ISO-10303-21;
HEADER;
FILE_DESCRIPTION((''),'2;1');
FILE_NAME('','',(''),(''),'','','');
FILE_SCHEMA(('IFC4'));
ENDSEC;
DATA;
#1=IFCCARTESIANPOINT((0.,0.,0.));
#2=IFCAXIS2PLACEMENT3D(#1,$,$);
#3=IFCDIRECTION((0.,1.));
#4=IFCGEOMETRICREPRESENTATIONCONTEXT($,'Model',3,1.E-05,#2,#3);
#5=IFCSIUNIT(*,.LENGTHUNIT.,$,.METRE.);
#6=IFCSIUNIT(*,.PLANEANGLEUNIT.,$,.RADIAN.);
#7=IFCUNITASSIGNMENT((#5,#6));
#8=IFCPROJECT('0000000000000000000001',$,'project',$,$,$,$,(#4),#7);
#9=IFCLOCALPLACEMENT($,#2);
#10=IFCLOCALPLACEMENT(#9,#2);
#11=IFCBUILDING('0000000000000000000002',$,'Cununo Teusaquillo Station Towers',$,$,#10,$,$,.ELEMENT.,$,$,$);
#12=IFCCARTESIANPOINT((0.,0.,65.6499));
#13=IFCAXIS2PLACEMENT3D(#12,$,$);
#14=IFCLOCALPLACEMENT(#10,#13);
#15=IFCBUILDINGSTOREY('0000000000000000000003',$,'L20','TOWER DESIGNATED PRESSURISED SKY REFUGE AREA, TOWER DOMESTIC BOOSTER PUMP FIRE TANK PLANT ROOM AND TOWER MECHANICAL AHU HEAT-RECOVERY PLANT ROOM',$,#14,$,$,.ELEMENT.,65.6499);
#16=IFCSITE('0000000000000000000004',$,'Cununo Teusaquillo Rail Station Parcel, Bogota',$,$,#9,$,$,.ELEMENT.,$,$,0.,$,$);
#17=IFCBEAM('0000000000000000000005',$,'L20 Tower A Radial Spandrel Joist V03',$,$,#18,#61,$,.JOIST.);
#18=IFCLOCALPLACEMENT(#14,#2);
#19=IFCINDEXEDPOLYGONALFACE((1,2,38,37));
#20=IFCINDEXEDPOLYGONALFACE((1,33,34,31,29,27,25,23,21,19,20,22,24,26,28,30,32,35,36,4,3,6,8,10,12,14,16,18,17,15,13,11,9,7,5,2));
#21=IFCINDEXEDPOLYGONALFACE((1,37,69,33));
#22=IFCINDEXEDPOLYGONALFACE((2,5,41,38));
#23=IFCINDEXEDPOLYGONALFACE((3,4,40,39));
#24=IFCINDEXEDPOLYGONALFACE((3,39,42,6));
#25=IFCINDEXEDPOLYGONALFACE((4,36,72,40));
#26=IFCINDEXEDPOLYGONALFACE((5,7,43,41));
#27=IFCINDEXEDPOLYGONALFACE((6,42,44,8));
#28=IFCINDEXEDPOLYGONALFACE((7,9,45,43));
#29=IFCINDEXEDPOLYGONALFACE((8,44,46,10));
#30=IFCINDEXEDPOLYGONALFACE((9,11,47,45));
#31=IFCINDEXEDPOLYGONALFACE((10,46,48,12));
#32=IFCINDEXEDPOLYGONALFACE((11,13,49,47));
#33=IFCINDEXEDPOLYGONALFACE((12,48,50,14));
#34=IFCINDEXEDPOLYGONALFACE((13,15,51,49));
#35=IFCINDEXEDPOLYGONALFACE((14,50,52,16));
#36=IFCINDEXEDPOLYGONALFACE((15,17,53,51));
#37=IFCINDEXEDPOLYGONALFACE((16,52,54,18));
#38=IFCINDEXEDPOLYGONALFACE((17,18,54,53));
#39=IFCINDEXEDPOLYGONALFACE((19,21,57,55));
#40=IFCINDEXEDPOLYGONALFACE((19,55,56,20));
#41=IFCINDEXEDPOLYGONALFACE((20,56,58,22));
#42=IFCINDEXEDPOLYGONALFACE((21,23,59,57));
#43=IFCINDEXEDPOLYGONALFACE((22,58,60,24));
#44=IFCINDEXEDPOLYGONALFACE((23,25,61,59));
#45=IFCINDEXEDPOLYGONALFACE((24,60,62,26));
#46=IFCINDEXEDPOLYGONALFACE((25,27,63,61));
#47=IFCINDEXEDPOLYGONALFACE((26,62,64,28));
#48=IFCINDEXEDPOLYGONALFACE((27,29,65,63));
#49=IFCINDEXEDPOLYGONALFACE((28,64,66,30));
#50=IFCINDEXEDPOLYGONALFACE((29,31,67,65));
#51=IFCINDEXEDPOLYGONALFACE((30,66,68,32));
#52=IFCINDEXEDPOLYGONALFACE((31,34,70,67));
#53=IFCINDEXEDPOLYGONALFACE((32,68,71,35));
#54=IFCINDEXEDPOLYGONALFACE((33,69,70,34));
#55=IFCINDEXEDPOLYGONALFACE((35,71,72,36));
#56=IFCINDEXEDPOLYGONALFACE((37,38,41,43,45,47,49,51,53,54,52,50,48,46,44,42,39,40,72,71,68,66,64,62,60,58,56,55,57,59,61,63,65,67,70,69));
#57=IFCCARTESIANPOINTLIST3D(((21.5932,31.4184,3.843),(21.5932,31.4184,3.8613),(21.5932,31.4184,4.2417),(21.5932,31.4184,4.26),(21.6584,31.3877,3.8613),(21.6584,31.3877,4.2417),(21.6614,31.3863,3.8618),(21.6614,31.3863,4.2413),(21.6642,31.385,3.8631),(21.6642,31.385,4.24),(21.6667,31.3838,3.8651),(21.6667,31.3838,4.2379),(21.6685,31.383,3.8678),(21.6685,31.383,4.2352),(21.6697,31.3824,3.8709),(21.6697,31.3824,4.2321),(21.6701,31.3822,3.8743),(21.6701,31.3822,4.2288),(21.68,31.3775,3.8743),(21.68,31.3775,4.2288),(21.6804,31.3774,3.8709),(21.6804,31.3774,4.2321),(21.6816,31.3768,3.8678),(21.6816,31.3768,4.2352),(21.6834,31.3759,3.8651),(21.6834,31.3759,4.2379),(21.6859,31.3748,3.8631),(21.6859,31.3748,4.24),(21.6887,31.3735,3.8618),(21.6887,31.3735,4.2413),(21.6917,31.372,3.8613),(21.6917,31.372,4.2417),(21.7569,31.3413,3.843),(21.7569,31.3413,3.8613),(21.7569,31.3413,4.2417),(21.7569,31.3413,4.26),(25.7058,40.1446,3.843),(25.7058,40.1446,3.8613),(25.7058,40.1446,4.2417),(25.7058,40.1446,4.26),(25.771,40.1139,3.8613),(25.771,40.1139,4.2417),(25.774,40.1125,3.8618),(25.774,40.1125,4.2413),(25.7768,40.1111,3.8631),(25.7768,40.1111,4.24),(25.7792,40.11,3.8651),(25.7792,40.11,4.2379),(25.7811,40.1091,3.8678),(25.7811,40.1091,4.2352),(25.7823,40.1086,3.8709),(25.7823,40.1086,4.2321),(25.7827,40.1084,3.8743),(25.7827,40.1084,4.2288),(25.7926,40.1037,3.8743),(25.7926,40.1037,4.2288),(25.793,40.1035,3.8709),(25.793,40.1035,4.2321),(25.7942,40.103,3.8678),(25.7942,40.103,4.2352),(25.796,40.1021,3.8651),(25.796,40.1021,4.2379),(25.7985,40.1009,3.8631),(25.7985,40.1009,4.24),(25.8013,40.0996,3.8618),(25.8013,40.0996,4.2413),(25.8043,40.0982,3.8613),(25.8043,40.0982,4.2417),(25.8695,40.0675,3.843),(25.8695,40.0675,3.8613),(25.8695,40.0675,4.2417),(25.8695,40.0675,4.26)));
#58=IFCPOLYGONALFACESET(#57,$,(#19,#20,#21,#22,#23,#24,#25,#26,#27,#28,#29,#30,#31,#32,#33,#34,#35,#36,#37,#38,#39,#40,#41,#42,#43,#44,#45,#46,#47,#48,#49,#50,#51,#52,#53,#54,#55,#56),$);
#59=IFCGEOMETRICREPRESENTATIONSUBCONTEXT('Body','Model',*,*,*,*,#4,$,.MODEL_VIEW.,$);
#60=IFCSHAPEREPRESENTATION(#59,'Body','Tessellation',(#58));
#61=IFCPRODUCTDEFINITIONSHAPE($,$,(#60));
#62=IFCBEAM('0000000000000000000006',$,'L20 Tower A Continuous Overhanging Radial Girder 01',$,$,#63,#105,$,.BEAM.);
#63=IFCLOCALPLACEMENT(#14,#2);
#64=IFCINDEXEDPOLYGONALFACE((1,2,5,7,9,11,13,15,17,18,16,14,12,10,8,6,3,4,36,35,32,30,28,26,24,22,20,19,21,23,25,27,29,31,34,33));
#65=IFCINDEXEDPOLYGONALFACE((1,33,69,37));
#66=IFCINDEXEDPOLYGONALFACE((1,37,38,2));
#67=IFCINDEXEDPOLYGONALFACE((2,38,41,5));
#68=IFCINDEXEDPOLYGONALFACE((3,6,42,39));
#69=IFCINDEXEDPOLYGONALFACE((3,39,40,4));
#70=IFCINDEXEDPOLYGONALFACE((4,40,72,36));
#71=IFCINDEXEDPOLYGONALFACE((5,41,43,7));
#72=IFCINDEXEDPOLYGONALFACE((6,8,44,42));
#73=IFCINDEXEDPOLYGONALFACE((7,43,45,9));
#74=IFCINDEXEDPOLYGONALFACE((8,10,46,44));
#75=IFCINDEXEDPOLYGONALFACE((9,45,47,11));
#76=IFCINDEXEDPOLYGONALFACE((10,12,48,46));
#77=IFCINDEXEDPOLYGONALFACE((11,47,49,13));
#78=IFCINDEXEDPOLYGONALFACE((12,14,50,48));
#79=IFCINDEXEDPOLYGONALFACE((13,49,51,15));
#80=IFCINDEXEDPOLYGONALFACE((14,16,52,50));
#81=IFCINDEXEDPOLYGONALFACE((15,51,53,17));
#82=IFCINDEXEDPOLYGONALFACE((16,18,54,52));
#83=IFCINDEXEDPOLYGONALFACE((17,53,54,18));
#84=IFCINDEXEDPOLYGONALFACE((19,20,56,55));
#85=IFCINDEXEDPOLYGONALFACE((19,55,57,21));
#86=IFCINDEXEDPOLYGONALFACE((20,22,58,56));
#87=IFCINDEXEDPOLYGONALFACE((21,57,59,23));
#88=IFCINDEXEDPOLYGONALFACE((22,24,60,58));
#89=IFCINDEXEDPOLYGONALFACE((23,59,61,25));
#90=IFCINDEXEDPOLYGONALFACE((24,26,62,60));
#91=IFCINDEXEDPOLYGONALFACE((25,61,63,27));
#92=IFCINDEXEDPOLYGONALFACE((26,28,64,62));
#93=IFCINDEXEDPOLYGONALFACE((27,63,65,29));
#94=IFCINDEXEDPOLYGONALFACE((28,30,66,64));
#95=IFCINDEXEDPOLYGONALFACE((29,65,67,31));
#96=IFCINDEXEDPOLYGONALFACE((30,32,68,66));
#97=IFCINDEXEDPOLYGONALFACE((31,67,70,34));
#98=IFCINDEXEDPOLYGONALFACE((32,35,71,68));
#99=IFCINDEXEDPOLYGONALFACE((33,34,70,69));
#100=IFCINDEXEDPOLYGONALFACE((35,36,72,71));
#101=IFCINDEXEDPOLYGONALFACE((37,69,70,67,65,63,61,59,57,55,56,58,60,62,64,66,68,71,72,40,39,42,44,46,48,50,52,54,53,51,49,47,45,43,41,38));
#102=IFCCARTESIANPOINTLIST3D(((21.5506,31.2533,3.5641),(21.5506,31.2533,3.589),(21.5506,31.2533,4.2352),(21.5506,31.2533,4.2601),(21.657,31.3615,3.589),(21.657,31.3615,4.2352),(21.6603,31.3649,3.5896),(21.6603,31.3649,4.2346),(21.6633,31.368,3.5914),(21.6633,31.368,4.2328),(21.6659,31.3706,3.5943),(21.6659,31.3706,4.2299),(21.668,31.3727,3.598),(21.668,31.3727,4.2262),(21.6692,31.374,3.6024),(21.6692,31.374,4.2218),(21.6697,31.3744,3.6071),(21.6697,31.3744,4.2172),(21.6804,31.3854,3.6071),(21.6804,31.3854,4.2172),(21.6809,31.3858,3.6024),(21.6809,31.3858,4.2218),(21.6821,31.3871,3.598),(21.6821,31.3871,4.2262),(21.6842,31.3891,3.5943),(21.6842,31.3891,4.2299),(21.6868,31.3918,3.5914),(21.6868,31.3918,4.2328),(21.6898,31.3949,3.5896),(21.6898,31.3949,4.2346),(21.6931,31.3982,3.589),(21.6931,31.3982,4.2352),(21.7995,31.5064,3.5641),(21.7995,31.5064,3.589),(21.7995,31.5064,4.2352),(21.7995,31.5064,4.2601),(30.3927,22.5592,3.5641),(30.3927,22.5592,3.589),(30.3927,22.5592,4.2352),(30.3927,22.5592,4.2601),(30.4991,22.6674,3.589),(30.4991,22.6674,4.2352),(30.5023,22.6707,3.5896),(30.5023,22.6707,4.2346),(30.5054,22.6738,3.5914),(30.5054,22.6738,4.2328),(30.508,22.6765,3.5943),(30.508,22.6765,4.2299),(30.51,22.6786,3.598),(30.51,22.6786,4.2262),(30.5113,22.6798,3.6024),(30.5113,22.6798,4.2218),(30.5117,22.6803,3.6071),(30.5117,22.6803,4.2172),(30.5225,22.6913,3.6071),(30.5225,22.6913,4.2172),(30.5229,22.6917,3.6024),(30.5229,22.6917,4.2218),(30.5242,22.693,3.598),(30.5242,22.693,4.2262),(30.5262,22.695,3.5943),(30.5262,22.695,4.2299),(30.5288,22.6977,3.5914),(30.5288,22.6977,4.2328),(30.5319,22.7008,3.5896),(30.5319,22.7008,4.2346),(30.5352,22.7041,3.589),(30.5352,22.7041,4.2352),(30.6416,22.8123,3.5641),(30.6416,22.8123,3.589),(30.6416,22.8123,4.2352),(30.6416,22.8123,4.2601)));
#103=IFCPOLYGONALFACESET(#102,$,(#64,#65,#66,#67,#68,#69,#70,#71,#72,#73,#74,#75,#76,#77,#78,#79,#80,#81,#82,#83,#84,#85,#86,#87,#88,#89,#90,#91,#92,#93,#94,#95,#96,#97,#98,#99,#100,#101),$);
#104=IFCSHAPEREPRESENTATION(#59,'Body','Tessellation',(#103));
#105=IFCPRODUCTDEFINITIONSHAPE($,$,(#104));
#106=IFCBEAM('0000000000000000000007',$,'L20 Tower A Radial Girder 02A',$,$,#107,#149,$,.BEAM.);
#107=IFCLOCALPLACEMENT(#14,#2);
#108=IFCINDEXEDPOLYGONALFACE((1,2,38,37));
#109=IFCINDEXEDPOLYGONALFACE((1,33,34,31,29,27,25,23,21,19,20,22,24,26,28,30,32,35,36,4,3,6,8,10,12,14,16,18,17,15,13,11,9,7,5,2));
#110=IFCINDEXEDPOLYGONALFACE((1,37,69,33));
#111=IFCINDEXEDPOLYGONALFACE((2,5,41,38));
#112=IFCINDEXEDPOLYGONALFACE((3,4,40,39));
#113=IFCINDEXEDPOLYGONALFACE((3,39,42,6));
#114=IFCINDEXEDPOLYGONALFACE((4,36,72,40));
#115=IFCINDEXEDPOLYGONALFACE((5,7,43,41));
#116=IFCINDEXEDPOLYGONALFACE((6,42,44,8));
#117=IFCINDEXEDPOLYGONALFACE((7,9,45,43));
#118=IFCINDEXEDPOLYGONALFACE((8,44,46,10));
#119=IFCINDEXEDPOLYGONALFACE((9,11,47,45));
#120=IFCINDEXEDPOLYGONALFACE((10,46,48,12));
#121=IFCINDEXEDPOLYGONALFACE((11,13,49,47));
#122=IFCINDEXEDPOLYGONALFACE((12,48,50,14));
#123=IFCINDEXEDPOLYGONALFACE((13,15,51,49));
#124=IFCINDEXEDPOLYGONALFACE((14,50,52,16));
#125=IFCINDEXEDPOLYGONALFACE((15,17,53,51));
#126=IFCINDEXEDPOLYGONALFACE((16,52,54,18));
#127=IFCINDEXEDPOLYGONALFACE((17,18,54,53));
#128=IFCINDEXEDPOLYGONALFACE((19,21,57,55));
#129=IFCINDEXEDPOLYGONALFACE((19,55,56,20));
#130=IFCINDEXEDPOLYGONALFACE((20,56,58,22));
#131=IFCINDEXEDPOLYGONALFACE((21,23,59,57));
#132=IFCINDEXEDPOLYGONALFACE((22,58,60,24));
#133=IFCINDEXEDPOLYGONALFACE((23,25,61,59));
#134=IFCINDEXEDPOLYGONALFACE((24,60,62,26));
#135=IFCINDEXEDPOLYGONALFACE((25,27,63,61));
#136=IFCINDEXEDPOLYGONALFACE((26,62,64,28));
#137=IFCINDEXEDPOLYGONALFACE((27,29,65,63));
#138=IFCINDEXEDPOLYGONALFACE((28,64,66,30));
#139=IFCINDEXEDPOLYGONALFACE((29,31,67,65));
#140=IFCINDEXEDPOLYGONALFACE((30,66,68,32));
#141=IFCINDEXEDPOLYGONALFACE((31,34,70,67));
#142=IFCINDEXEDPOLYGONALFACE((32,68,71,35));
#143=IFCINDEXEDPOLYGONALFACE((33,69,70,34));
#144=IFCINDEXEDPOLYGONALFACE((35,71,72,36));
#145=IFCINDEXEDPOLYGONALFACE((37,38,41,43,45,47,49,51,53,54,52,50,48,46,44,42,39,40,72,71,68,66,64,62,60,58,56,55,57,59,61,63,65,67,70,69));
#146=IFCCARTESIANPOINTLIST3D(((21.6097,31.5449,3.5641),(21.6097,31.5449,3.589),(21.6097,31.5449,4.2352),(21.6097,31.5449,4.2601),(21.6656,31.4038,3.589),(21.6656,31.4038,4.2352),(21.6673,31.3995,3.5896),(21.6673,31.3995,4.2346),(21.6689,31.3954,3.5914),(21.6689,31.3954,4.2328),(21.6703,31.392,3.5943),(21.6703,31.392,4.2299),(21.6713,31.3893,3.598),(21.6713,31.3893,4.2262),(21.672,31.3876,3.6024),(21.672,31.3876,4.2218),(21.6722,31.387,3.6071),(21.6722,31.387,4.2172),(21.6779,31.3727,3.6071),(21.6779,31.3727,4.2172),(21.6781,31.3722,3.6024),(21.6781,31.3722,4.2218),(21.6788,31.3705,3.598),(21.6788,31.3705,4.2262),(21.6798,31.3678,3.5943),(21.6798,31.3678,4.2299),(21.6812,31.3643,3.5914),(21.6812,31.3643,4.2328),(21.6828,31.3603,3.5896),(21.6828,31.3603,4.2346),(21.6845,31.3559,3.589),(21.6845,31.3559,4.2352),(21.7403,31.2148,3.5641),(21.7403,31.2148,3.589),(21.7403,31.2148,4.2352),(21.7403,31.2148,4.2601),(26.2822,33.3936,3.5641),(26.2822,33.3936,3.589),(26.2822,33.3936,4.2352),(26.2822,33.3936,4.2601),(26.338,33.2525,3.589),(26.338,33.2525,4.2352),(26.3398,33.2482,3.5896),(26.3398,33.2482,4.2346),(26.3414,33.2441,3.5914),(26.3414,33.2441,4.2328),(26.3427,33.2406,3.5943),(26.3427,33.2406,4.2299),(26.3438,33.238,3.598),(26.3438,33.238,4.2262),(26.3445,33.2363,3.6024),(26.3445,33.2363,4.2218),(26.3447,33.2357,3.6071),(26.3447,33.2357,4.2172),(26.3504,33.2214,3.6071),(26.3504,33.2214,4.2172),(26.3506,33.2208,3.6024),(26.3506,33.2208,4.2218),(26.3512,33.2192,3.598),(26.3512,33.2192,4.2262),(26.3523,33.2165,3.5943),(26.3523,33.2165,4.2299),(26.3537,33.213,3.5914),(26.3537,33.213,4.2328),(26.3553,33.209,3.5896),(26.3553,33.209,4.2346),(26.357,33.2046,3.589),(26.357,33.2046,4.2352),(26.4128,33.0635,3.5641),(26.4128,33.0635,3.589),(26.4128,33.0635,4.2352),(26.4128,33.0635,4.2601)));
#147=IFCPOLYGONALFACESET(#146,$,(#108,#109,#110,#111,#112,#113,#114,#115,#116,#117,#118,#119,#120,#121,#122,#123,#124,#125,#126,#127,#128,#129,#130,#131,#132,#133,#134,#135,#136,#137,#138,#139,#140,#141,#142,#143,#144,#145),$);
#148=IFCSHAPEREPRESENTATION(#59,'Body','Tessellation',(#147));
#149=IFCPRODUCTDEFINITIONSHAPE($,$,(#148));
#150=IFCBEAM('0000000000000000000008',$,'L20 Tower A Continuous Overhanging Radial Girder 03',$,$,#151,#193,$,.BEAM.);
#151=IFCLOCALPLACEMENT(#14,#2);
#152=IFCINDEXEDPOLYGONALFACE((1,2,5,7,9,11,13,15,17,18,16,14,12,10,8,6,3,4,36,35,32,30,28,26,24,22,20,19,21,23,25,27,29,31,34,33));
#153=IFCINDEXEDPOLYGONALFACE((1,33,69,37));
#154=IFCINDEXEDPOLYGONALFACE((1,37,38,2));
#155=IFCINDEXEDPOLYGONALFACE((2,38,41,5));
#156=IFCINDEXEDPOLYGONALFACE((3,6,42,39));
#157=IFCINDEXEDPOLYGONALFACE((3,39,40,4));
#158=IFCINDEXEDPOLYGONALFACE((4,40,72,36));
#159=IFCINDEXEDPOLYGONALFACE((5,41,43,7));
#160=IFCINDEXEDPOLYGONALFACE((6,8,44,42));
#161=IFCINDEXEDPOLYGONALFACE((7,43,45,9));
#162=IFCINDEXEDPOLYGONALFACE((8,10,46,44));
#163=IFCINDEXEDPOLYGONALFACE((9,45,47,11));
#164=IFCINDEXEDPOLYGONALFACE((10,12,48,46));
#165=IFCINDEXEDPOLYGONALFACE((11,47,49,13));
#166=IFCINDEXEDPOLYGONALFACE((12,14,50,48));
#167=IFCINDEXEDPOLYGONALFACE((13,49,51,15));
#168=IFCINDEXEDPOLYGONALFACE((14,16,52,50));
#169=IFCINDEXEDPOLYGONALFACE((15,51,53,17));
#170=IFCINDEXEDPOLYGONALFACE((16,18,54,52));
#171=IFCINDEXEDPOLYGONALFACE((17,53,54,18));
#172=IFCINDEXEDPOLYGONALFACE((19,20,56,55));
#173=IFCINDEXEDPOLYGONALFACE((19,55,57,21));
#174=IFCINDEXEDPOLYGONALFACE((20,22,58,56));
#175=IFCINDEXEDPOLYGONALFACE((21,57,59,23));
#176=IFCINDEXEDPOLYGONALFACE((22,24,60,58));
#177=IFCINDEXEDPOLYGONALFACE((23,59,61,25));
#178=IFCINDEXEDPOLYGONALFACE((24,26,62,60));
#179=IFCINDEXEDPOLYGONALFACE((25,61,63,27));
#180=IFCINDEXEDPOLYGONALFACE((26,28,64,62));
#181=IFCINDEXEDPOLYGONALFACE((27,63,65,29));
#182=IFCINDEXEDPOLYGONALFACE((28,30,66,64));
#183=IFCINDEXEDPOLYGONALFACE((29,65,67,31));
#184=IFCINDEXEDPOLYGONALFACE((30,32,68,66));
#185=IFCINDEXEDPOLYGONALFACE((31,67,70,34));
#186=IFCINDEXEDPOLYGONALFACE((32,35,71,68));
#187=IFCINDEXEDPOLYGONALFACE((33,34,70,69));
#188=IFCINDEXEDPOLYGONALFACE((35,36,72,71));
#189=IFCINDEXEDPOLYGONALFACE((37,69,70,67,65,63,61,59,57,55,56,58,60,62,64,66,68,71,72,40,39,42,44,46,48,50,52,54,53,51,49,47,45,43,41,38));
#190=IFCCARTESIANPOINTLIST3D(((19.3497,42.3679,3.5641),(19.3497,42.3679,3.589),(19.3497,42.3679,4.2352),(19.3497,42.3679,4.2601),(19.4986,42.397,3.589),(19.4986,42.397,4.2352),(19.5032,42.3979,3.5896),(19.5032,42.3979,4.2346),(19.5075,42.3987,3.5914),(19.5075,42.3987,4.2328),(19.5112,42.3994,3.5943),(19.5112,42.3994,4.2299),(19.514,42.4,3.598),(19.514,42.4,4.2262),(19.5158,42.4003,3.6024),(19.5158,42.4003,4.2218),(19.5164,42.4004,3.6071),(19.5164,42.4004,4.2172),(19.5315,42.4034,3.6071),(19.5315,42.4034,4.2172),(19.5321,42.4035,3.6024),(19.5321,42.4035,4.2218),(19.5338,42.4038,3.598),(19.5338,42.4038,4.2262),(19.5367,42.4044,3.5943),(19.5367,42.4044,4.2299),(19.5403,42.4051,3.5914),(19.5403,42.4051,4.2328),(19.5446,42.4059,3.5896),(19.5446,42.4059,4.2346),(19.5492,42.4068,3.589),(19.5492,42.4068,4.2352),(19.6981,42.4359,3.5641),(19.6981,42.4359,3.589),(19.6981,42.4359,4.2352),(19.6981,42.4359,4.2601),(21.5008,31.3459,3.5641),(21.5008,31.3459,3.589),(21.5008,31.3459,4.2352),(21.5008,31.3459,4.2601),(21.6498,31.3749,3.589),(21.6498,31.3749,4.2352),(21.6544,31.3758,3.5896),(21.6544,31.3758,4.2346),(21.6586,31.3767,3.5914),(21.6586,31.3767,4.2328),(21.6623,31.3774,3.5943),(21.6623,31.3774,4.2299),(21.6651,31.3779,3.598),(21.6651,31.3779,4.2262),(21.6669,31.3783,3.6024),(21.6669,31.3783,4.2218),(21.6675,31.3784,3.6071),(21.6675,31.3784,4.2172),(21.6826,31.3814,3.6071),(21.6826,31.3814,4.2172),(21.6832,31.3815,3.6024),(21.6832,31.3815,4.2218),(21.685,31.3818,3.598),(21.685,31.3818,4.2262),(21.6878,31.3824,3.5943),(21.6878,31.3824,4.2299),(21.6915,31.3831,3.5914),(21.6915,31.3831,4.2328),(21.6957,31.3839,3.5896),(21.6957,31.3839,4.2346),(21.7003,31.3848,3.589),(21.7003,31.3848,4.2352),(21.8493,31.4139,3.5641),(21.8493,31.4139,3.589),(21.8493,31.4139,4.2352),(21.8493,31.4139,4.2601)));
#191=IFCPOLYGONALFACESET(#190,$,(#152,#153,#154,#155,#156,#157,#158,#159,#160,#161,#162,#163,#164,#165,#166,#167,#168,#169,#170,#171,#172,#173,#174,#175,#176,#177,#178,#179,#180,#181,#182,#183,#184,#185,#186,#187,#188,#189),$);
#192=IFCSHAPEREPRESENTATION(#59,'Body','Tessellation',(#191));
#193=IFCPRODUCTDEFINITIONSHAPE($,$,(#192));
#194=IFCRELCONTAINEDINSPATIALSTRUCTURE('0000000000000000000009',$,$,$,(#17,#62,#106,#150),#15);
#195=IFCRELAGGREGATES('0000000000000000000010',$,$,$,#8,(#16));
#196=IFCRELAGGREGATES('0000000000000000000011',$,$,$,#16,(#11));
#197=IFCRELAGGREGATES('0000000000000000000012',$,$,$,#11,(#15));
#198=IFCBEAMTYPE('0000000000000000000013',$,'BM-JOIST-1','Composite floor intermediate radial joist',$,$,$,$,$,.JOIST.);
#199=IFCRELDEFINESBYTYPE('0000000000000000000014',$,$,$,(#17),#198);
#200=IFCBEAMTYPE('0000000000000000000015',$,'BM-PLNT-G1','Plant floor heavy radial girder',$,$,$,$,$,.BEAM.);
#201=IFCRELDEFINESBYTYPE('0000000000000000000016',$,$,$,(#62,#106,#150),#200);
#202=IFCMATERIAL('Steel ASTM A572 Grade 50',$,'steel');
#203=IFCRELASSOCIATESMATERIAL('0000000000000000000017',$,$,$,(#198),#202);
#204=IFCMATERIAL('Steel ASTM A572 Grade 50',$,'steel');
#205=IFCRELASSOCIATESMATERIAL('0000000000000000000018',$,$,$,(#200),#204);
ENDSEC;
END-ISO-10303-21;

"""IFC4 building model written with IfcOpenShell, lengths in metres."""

from ifc_helpers import new_model, si_unit, direction, frame, origin, origin_2d, place, context, subcontext, project, spatial, i_section, extrude, material, material_profile, profile_set, type_object, element, save


model = new_model("IFC4")

# Units and contexts
model_context = context("Model", 3, precision=1e-05, world=origin(), true_north=direction((0.0, 1.0)))
body_context = subcontext(model_context, "Body", "Model", "MODEL_VIEW")
ifc_project = project(units=[si_unit("LENGTHUNIT", "METRE"), si_unit("PLANEANGLEUNIT", "RADIAN")], contexts=[model_context])

# Site, building, storey
site_placement = place(None, origin())
site = spatial("IfcSite", under=ifc_project, at=site_placement, Name="Cununo Teusaquillo Rail Station Parcel, Bogota", CompositionType="ELEMENT", RefElevation=0.0)
building_placement = place(site_placement, origin())
building = spatial("IfcBuilding", under=site, at=building_placement, Name="Cununo Teusaquillo Station Towers", CompositionType="ELEMENT")
storey_placement = place(building_placement, frame((0.0, 0.0, 65.6499)))
storey = spatial("IfcBuildingStorey", under=building, at=storey_placement, Name="L20", Description="TOWER DESIGNATED PRESSURISED SKY REFUGE AREA, TOWER DOMESTIC BOOSTER PUMP FIRE TANK PLANT ROOM AND TOWER MECHANICAL AHU HEAT-RECOVERY PLANT ROOM", CompositionType="ELEMENT", Elevation=65.6499)

# Beams
ifc_material_1 = material(Name="Steel ASTM A572 Grade 50", Category="steel")
ifc_material_profile_1 = material_profile(ifc_material_1, i_section(OverallWidth=0.1809, OverallDepth=0.417, WebThickness=0.011, FlangeThickness=0.0183, FilletRadius=0.0129, at=origin_2d()), Name="W16X57")
ifc_profile_set_1 = profile_set([ifc_material_profile_1], Name="Steel ASTM A572 Grade 50")
beam_type_1 = type_object("IfcBeamType", Name="BM-JOIST-1", Description="Composite floor intermediate radial joist", PredefinedType="JOIST", material=ifc_profile_set_1)
beam_1_placement = place(storey_placement, frame((21.675, 31.3799, 4.0515), z_axis=(0.42632, 0.904572, 0.0), x_axis=(-0.904572, 0.42632, 0.0)))
element("IfcBeam", 1, at=beam_1_placement, inside=storey, type_object=beam_type_1, Name="L20 Tower A Radial Spandrel Joist V03", PredefinedType="JOIST", context=body_context, shape_type="SweptSolid", body=[
    extrude(i_section(OverallWidth=0.1809, OverallDepth=0.417, WebThickness=0.011, FlangeThickness=0.0183, FilletRadius=0.0129, at=origin_2d()), origin(), (0.0, 0.0, 1.0), 9.6467),
])
ifc_material_2 = material(Name="Steel ASTM A572 Grade 50", Category="steel")
ifc_material_profile_2 = material_profile(ifc_material_2, i_section(OverallWidth=0.355, OverallDepth=0.696, WebThickness=0.0154, FlangeThickness=0.0249, FilletRadius=0.0181, at=origin_2d()), Name="W27X146")
ifc_profile_set_2 = profile_set([ifc_material_profile_2], Name="Steel ASTM A572 Grade 50")
beam_type_2 = type_object("IfcBeamType", Name="BM-PLNT-G1", Description="Plant floor heavy radial girder", PredefinedType="BEAM", material=ifc_profile_set_2)
beam_2_placement = place(storey_placement, frame((21.675, 31.3799, 3.9121), z_axis=(0.713047, -0.701116, 0.0), x_axis=(0.701116, 0.713047, 0.0)))
element("IfcBeam", 2, at=beam_2_placement, inside=storey, type_object=beam_type_2, Name="L20 Tower A Continuous Overhanging Radial Girder 01", PredefinedType="BEAM", context=body_context, shape_type="SweptSolid", body=[
    extrude(i_section(OverallWidth=0.355, OverallDepth=0.696, WebThickness=0.0154, FlangeThickness=0.0249, FilletRadius=0.0181, at=origin_2d()), origin(), (0.0, 0.0, 1.0), 12.4004),
])
beam_3_placement = place(storey_placement, frame((21.675, 31.3799, 3.9121), z_axis=(0.929864, 0.367903, 0.0), x_axis=(-0.367903, 0.929864, 0.0)))
element("IfcBeam", 3, at=beam_3_placement, inside=storey, type_object=beam_type_2, Name="L20 Tower A Radial Girder 02A", PredefinedType="BEAM", context=body_context, shape_type="SweptSolid", body=[
    extrude(i_section(OverallWidth=0.355, OverallDepth=0.696, WebThickness=0.0154, FlangeThickness=0.0249, FilletRadius=0.0181, at=origin_2d()), origin(), (0.0, 0.0, 1.0), 5.0249),
])
beam_4_placement = place(storey_placement, frame((21.675, 31.3799, 3.9121), z_axis=(-0.191553, 0.981482, 0.0), x_axis=(-0.981482, -0.191553, 0.0)))
element("IfcBeam", 4, at=beam_4_placement, inside=storey, type_object=beam_type_2, Name="L20 Tower A Continuous Overhanging Radial Girder 03", PredefinedType="BEAM", context=body_context, shape_type="SweptSolid", body=[
    extrude(i_section(OverallWidth=0.355, OverallDepth=0.696, WebThickness=0.0154, FlangeThickness=0.0249, FilletRadius=0.0181, at=origin_2d()), origin(), (0.0, 0.0, 1.0), 11.23),
])

save(model, "model.ifc")
